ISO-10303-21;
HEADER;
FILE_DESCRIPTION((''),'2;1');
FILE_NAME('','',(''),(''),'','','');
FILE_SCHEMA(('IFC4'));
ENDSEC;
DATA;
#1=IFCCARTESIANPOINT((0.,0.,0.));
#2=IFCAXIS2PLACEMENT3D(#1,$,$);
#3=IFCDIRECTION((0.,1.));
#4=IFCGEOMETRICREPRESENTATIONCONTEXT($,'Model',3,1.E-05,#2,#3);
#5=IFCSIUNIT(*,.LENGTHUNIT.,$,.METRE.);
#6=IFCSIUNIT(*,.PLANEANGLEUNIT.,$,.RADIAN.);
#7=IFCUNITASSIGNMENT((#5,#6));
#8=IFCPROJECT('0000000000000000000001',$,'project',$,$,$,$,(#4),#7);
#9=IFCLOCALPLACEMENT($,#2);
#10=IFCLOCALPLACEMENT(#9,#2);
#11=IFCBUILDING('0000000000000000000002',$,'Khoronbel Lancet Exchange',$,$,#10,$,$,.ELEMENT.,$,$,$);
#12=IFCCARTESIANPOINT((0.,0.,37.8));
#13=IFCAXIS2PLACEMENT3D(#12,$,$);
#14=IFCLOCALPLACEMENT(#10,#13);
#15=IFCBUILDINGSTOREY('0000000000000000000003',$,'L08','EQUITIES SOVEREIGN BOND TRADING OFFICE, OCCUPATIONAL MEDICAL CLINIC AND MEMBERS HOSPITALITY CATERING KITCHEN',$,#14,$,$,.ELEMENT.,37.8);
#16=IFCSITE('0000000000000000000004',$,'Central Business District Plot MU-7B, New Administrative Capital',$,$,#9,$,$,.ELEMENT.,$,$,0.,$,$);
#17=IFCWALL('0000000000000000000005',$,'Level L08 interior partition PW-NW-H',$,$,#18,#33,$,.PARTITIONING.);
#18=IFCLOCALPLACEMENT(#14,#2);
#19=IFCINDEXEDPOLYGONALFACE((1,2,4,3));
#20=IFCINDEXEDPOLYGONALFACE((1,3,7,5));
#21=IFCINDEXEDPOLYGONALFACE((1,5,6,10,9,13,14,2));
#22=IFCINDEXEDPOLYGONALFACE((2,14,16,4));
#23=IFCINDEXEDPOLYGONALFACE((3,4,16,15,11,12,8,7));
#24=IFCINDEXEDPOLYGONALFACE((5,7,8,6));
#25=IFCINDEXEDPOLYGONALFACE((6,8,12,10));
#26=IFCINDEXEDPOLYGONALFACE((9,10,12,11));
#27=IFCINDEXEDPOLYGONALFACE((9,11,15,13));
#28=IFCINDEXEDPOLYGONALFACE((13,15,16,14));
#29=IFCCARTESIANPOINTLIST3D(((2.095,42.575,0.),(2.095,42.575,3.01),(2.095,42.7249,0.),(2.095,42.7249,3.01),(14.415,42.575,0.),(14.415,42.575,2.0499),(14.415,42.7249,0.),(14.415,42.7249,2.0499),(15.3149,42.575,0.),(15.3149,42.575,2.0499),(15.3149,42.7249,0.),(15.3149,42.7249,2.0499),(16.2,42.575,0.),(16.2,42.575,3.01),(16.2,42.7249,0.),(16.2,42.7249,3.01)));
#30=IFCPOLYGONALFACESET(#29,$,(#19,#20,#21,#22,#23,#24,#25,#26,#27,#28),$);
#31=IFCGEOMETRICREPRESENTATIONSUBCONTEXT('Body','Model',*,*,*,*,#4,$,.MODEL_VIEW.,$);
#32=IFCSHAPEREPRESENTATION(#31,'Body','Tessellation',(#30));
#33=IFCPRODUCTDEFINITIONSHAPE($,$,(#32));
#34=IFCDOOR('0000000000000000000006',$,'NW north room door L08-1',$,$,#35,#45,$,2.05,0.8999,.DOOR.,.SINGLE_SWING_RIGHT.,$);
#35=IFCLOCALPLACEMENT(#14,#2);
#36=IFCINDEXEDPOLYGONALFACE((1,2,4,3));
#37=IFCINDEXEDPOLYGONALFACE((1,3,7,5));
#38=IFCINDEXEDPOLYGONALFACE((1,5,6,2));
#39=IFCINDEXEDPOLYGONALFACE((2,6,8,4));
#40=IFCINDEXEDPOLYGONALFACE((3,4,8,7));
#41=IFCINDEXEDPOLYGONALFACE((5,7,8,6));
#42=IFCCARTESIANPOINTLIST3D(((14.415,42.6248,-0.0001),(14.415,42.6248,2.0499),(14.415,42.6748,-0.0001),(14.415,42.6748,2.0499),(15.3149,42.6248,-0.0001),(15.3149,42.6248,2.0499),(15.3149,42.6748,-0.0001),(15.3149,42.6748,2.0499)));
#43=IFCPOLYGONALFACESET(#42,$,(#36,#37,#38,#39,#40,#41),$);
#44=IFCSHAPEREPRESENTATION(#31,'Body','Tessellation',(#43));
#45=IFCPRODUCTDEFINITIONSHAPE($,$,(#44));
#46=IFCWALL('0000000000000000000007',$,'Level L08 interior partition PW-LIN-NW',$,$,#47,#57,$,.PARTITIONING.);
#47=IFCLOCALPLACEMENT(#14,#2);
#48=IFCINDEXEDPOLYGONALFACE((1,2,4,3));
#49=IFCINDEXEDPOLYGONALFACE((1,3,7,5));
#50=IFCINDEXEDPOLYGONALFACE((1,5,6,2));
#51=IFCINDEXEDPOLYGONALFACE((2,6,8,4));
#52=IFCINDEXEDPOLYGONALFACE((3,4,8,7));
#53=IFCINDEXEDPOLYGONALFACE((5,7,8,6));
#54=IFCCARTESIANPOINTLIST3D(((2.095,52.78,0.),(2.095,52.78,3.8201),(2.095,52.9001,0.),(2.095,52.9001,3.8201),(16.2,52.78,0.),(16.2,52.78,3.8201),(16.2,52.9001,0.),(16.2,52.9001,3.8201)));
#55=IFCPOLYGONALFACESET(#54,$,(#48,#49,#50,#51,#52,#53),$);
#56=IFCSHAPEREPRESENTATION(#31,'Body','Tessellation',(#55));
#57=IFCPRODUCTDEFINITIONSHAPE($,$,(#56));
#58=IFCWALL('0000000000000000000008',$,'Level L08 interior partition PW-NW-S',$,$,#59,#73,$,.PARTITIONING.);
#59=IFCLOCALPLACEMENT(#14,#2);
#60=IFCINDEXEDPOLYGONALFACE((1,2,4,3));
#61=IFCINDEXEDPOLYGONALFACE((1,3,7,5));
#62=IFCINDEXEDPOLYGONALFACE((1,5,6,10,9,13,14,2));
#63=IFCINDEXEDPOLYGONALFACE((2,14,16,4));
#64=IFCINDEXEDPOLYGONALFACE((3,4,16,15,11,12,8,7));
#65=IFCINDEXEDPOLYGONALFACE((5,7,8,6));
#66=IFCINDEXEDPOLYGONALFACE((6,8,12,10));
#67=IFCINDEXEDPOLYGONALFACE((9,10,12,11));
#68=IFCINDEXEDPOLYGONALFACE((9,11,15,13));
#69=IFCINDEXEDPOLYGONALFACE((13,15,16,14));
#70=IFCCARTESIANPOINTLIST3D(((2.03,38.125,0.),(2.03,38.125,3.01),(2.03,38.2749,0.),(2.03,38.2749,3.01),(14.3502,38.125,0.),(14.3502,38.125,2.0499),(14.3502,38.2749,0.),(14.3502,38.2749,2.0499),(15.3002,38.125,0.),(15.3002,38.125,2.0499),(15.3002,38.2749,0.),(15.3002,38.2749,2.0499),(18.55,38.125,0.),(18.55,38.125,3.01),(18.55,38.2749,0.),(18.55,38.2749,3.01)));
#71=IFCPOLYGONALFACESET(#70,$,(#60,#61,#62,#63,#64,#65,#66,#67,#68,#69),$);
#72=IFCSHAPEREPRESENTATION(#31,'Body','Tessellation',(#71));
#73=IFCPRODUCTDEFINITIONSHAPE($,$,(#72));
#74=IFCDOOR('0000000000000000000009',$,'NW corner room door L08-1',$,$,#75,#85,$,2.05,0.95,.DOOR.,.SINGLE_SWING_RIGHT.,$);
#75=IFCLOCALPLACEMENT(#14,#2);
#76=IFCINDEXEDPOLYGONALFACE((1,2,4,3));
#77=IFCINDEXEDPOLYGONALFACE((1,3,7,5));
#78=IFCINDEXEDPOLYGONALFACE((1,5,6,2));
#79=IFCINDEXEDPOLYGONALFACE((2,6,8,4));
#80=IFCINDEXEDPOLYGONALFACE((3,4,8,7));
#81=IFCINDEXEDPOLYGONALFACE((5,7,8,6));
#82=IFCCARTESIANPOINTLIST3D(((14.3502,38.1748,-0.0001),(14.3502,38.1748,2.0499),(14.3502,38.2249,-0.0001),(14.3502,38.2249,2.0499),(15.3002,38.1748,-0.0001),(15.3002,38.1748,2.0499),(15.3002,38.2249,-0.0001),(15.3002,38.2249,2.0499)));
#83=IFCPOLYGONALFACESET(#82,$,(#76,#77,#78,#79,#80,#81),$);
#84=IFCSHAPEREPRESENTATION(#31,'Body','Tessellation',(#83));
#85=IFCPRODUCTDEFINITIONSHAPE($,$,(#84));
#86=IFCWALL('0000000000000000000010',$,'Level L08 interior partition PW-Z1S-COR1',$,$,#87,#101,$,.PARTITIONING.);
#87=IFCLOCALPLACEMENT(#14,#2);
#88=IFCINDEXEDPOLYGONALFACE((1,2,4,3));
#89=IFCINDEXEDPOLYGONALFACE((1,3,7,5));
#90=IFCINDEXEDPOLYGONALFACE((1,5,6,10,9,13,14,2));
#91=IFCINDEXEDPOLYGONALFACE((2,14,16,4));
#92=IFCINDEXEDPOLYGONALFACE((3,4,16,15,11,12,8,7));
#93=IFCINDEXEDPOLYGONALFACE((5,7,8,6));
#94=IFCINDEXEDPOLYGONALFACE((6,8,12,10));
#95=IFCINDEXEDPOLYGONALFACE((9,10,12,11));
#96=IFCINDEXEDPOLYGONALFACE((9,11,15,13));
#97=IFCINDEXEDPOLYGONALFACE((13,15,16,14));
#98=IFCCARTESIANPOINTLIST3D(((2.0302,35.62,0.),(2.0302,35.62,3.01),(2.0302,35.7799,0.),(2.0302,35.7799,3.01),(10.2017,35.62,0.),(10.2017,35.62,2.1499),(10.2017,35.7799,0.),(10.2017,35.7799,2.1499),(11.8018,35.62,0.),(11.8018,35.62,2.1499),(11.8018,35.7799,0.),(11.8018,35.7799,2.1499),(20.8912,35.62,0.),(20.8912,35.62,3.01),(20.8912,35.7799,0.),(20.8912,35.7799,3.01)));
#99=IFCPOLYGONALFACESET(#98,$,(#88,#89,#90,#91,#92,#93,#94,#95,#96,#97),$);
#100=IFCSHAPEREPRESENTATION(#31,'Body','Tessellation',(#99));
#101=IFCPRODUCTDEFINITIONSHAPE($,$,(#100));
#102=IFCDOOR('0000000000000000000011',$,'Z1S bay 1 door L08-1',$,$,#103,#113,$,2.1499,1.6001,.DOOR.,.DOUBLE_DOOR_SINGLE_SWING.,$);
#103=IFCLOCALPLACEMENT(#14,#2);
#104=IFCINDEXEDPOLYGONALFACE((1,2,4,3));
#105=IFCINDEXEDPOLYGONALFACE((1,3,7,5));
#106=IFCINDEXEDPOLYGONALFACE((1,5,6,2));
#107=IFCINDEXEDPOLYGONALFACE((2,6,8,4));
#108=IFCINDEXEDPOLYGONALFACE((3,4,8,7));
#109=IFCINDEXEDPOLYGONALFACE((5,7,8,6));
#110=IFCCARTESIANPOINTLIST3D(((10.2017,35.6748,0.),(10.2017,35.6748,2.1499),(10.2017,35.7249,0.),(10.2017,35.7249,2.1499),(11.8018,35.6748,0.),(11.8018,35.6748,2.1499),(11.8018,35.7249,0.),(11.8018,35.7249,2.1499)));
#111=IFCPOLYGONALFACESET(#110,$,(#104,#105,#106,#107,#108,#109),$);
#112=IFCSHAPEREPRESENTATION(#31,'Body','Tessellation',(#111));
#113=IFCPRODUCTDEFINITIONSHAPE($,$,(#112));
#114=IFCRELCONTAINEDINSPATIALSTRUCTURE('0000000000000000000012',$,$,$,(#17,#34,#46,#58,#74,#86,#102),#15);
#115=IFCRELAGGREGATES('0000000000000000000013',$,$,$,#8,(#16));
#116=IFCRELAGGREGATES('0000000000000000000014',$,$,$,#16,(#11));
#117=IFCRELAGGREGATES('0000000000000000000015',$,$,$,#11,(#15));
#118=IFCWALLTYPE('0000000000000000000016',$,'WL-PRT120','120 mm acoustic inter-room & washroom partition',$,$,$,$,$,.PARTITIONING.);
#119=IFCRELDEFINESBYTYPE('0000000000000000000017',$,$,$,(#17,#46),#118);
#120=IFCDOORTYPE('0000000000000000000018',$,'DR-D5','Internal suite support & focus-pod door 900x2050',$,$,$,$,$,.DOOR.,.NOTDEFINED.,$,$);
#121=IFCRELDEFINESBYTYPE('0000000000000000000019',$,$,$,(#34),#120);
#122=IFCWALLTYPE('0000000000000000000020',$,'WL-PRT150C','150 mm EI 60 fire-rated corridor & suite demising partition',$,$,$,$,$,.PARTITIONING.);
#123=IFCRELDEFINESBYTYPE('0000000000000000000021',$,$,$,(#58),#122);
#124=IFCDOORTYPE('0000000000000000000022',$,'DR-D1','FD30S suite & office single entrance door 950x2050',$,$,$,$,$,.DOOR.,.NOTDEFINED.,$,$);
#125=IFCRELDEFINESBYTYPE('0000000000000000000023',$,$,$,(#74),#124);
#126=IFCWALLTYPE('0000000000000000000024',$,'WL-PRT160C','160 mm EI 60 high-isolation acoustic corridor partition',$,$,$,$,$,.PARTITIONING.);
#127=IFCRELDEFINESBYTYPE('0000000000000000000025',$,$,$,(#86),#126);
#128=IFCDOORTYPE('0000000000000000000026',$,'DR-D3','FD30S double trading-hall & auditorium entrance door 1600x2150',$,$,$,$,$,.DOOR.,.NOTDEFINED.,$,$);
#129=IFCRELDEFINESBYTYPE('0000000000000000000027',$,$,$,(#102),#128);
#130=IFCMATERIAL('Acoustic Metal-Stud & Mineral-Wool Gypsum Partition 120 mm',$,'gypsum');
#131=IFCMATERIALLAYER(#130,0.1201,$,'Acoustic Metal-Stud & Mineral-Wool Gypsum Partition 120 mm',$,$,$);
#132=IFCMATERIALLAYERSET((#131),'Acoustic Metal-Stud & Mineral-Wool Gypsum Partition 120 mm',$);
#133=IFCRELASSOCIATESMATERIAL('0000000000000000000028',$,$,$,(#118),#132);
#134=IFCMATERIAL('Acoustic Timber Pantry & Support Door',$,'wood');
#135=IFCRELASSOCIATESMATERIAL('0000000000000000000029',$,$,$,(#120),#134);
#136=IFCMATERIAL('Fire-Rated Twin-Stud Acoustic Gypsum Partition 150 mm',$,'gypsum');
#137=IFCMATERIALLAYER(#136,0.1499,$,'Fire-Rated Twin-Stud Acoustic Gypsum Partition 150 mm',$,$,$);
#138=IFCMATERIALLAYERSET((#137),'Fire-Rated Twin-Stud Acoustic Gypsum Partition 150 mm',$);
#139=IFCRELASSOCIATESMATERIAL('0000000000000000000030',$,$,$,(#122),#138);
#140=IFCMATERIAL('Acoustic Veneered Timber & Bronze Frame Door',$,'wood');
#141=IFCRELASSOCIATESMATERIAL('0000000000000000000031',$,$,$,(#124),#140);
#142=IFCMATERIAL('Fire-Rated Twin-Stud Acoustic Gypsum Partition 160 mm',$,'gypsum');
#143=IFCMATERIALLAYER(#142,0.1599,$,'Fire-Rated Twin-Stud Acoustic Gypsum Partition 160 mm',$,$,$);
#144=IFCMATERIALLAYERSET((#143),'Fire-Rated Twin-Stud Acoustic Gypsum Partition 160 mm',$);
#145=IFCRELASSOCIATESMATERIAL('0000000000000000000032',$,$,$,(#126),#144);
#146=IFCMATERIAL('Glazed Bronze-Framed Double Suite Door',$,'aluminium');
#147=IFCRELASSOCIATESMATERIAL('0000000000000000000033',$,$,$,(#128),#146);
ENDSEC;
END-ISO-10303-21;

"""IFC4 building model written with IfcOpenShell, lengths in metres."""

from ifc_helpers import new_model, si_unit, direction, frame, frame_2d, origin, place, context, subcontext, project, spatial, rectangle, extrude, material, layer, layer_set, type_object, element, fill, save


model = new_model("IFC4")

# Units and contexts
model_context = context("Model", 3, precision=1e-05, world=origin(), true_north=direction((0.0, 1.0)))
body_context = subcontext(model_context, "Body", "Model", "MODEL_VIEW")
ifc_project = project(units=[si_unit("LENGTHUNIT", "METRE"), si_unit("PLANEANGLEUNIT", "RADIAN")], contexts=[model_context])

# Site, building, storey
site_placement = place(None, origin())
site = spatial("IfcSite", under=ifc_project, at=site_placement, Name="Central Business District Plot MU-7B, New Administrative Capital", CompositionType="ELEMENT", RefElevation=0.0)
building_placement = place(site_placement, origin())
building = spatial("IfcBuilding", under=site, at=building_placement, Name="Khoronbel Lancet Exchange", CompositionType="ELEMENT")
storey_placement = place(building_placement, frame((0.0, 0.0, 37.8)))
storey = spatial("IfcBuildingStorey", under=building, at=storey_placement, Name="L08", Description="EQUITIES SOVEREIGN BOND TRADING OFFICE, OCCUPATIONAL MEDICAL CLINIC AND MEMBERS HOSPITALITY CATERING KITCHEN", CompositionType="ELEMENT", Elevation=37.8)

# Wall, opening, door
ifc_material_1 = material(Name="Acoustic Metal-Stud & Mineral-Wool Gypsum Partition 120 mm", Category="gypsum")
ifc_layer_1 = layer(ifc_material_1, 0.1201, Name="Acoustic Metal-Stud & Mineral-Wool Gypsum Partition 120 mm")
ifc_layer_set_1 = layer_set([ifc_layer_1], Name="Acoustic Metal-Stud & Mineral-Wool Gypsum Partition 120 mm")
wall_type_1 = type_object("IfcWallType", Name="WL-PRT120", Description="120 mm acoustic inter-room & washroom partition", PredefinedType="PARTITIONING", material=ifc_layer_set_1)
wall_1_placement = place(storey_placement, frame((2.095, 42.6499, 0.0), z_axis=(0.0, 0.0, 1.0), x_axis=(1.0, 0.0, 0.0)))
wall_1 = element("IfcWall", 1, at=wall_1_placement, inside=storey, type_object=wall_type_1, Name="Level L08 interior partition PW-NW-H", PredefinedType="PARTITIONING", context=body_context, shape_type="SweptSolid", body=[
    extrude(rectangle(XDim=14.105, YDim=0.1499, at=frame_2d((7.0525, 0.0))), origin(), (0.0, 0.0, 1.0), 3.01),
])
opening_1_placement = place(wall_1_placement, frame((12.3201, 0.0, 0.0)))
opening_1 = element("IfcOpeningElement", 2, at=opening_1_placement, cuts=wall_1, PredefinedType="OPENING", context=body_context, shape_type="SweptSolid", body=[
    extrude(rectangle(XDim=0.8999, YDim=2.05, at=frame_2d((0.45, 1.0249))), frame((0.0, 0.085, 0.0), z_axis=(0.0, -1.0, 0.0), x_axis=(1.0, 0.0, 0.0)), (0.0, 0.0, 1.0), 0.1699),
])
ifc_material_2 = material(Name="Acoustic Timber Pantry & Support Door", Category="wood")
door_type_1 = type_object("IfcDoorType", Name="DR-D5", Description="Internal suite support & focus-pod door 900x2050", OperationType="NOTDEFINED", PredefinedType="DOOR", material=ifc_material_2)
door_1_placement = place(opening_1_placement, origin())
door_1 = element("IfcDoor", 3, at=door_1_placement, inside=storey, type_object=door_type_1, Name="NW north room door L08-1", OperationType="SINGLE_SWING_RIGHT", OverallHeight=2.05, OverallWidth=0.8999, PredefinedType="DOOR", context=body_context, shape_type="SweptSolid", body=[
    extrude(rectangle(XDim=0.8999, YDim=2.05, at=frame_2d((0.45, 1.0249))), frame((0.0, 0.0249, 0.0), z_axis=(0.0, -1.0, 0.0), x_axis=(1.0, 0.0, 0.0)), (0.0, 0.0, 1.0), 0.05),
])
fill(opening_1, door_1)

# Wall
wall_2_placement = place(storey_placement, frame((2.095, 52.8401, 0.0), z_axis=(0.0, 0.0, 1.0), x_axis=(1.0, 0.0, 0.0)))
element("IfcWall", 4, at=wall_2_placement, inside=storey, type_object=wall_type_1, Name="Level L08 interior partition PW-LIN-NW", PredefinedType="PARTITIONING", context=body_context, shape_type="SweptSolid", body=[
    extrude(rectangle(XDim=14.105, YDim=0.1201, at=frame_2d((7.0525, 0.0))), origin(), (0.0, 0.0, 1.0), 3.8201),
])

# Walls, openings, doors
ifc_material_3 = material(Name="Fire-Rated Twin-Stud Acoustic Gypsum Partition 150 mm", Category="gypsum")
ifc_layer_2 = layer(ifc_material_3, 0.1499, Name="Fire-Rated Twin-Stud Acoustic Gypsum Partition 150 mm")
ifc_layer_set_2 = layer_set([ifc_layer_2], Name="Fire-Rated Twin-Stud Acoustic Gypsum Partition 150 mm")
wall_type_2 = type_object("IfcWallType", Name="WL-PRT150C", Description="150 mm EI 60 fire-rated corridor & suite demising partition", PredefinedType="PARTITIONING", material=ifc_layer_set_2)
wall_3_placement = place(storey_placement, frame((2.03, 38.2, 0.0), z_axis=(0.0, 0.0, 1.0), x_axis=(1.0, 0.0, 0.0)))
wall_3 = element("IfcWall", 5, at=wall_3_placement, inside=storey, type_object=wall_type_2, Name="Level L08 interior partition PW-NW-S", PredefinedType="PARTITIONING", context=body_context, shape_type="SweptSolid", body=[
    extrude(rectangle(XDim=16.52, YDim=0.1499, at=frame_2d((8.26, 0.0))), origin(), (0.0, 0.0, 1.0), 3.01),
])
opening_2_placement = place(wall_3_placement, frame((12.3201, 0.0, 0.0)))
opening_2 = element("IfcOpeningElement", 6, at=opening_2_placement, cuts=wall_3, PredefinedType="OPENING", context=body_context, shape_type="SweptSolid", body=[
    extrude(rectangle(XDim=0.95, YDim=2.05, at=frame_2d((0.4751, 1.0249))), frame((0.0, 0.085, 0.0), z_axis=(0.0, -1.0, 0.0), x_axis=(1.0, 0.0, 0.0)), (0.0, 0.0, 1.0), 0.1699),
])
ifc_material_4 = material(Name="Acoustic Veneered Timber & Bronze Frame Door", Category="wood")
door_type_2 = type_object("IfcDoorType", Name="DR-D1", Description="FD30S suite & office single entrance door 950x2050", OperationType="NOTDEFINED", PredefinedType="DOOR", material=ifc_material_4)
door_2_placement = place(opening_2_placement, origin())
door_2 = element("IfcDoor", 7, at=door_2_placement, inside=storey, type_object=door_type_2, Name="NW corner room door L08-1", OperationType="SINGLE_SWING_RIGHT", OverallHeight=2.05, OverallWidth=0.95, PredefinedType="DOOR", context=body_context, shape_type="SweptSolid", body=[
    extrude(rectangle(XDim=0.95, YDim=2.05, at=frame_2d((0.4751, 1.0249))), frame((0.0, 0.0249, 0.0), z_axis=(0.0, -1.0, 0.0), x_axis=(1.0, 0.0, 0.0)), (0.0, 0.0, 1.0), 0.05),
])
fill(opening_2, door_2)
ifc_material_5 = material(Name="Fire-Rated Twin-Stud Acoustic Gypsum Partition 160 mm", Category="gypsum")
ifc_layer_3 = layer(ifc_material_5, 0.1599, Name="Fire-Rated Twin-Stud Acoustic Gypsum Partition 160 mm")
ifc_layer_set_3 = layer_set([ifc_layer_3], Name="Fire-Rated Twin-Stud Acoustic Gypsum Partition 160 mm")
wall_type_3 = type_object("IfcWallType", Name="WL-PRT160C", Description="160 mm EI 60 high-isolation acoustic corridor partition", PredefinedType="PARTITIONING", material=ifc_layer_set_3)
wall_4_placement = place(storey_placement, frame((2.03, 35.7, 0.0), z_axis=(0.0, 0.0, 1.0), x_axis=(1.0, 0.0, 0.0)))
wall_4 = element("IfcWall", 8, at=wall_4_placement, inside=storey, type_object=wall_type_3, Name="Level L08 interior partition PW-Z1S-COR1", PredefinedType="PARTITIONING", context=body_context, shape_type="SweptSolid", body=[
    extrude(rectangle(XDim=18.8611, YDim=0.1599, at=frame_2d((9.4307, 0.0))), origin(), (0.0, 0.0, 1.0), 3.01),
])
opening_3_placement = place(wall_4_placement, frame((8.1716, 0.0, 0.0)))
opening_3 = element("IfcOpeningElement", 9, at=opening_3_placement, cuts=wall_4, PredefinedType="OPENING", context=body_context, shape_type="SweptSolid", body=[
    extrude(rectangle(XDim=1.6001, YDim=2.1499, at=frame_2d((0.8, 1.075))), frame((0.0, 0.0898, 0.0), z_axis=(0.0, -1.0, 0.0), x_axis=(1.0, 0.0, 0.0)), (0.0, 0.0, 1.0), 0.1799),
])
ifc_material_6 = material(Name="Glazed Bronze-Framed Double Suite Door", Category="aluminium")
door_type_3 = type_object("IfcDoorType", Name="DR-D3", Description="FD30S double trading-hall & auditorium entrance door 1600x2150", OperationType="NOTDEFINED", PredefinedType="DOOR", material=ifc_material_6)
door_3_placement = place(opening_3_placement, origin())
door_3 = element("IfcDoor", 10, at=door_3_placement, inside=storey, type_object=door_type_3, Name="Z1S bay 1 door L08-1", OperationType="DOUBLE_DOOR_SINGLE_SWING", OverallHeight=2.1499, OverallWidth=1.6001, PredefinedType="DOOR", context=body_context, shape_type="SweptSolid", body=[
    extrude(rectangle(XDim=1.6001, YDim=2.1499, at=frame_2d((0.8, 1.075))), frame((0.0, 0.0249, 0.0), z_axis=(0.0, -1.0, 0.0), x_axis=(1.0, 0.0, 0.0)), (0.0, 0.0, 1.0), 0.05),
])
fill(opening_3, door_3)

save(model, "model.ifc")
